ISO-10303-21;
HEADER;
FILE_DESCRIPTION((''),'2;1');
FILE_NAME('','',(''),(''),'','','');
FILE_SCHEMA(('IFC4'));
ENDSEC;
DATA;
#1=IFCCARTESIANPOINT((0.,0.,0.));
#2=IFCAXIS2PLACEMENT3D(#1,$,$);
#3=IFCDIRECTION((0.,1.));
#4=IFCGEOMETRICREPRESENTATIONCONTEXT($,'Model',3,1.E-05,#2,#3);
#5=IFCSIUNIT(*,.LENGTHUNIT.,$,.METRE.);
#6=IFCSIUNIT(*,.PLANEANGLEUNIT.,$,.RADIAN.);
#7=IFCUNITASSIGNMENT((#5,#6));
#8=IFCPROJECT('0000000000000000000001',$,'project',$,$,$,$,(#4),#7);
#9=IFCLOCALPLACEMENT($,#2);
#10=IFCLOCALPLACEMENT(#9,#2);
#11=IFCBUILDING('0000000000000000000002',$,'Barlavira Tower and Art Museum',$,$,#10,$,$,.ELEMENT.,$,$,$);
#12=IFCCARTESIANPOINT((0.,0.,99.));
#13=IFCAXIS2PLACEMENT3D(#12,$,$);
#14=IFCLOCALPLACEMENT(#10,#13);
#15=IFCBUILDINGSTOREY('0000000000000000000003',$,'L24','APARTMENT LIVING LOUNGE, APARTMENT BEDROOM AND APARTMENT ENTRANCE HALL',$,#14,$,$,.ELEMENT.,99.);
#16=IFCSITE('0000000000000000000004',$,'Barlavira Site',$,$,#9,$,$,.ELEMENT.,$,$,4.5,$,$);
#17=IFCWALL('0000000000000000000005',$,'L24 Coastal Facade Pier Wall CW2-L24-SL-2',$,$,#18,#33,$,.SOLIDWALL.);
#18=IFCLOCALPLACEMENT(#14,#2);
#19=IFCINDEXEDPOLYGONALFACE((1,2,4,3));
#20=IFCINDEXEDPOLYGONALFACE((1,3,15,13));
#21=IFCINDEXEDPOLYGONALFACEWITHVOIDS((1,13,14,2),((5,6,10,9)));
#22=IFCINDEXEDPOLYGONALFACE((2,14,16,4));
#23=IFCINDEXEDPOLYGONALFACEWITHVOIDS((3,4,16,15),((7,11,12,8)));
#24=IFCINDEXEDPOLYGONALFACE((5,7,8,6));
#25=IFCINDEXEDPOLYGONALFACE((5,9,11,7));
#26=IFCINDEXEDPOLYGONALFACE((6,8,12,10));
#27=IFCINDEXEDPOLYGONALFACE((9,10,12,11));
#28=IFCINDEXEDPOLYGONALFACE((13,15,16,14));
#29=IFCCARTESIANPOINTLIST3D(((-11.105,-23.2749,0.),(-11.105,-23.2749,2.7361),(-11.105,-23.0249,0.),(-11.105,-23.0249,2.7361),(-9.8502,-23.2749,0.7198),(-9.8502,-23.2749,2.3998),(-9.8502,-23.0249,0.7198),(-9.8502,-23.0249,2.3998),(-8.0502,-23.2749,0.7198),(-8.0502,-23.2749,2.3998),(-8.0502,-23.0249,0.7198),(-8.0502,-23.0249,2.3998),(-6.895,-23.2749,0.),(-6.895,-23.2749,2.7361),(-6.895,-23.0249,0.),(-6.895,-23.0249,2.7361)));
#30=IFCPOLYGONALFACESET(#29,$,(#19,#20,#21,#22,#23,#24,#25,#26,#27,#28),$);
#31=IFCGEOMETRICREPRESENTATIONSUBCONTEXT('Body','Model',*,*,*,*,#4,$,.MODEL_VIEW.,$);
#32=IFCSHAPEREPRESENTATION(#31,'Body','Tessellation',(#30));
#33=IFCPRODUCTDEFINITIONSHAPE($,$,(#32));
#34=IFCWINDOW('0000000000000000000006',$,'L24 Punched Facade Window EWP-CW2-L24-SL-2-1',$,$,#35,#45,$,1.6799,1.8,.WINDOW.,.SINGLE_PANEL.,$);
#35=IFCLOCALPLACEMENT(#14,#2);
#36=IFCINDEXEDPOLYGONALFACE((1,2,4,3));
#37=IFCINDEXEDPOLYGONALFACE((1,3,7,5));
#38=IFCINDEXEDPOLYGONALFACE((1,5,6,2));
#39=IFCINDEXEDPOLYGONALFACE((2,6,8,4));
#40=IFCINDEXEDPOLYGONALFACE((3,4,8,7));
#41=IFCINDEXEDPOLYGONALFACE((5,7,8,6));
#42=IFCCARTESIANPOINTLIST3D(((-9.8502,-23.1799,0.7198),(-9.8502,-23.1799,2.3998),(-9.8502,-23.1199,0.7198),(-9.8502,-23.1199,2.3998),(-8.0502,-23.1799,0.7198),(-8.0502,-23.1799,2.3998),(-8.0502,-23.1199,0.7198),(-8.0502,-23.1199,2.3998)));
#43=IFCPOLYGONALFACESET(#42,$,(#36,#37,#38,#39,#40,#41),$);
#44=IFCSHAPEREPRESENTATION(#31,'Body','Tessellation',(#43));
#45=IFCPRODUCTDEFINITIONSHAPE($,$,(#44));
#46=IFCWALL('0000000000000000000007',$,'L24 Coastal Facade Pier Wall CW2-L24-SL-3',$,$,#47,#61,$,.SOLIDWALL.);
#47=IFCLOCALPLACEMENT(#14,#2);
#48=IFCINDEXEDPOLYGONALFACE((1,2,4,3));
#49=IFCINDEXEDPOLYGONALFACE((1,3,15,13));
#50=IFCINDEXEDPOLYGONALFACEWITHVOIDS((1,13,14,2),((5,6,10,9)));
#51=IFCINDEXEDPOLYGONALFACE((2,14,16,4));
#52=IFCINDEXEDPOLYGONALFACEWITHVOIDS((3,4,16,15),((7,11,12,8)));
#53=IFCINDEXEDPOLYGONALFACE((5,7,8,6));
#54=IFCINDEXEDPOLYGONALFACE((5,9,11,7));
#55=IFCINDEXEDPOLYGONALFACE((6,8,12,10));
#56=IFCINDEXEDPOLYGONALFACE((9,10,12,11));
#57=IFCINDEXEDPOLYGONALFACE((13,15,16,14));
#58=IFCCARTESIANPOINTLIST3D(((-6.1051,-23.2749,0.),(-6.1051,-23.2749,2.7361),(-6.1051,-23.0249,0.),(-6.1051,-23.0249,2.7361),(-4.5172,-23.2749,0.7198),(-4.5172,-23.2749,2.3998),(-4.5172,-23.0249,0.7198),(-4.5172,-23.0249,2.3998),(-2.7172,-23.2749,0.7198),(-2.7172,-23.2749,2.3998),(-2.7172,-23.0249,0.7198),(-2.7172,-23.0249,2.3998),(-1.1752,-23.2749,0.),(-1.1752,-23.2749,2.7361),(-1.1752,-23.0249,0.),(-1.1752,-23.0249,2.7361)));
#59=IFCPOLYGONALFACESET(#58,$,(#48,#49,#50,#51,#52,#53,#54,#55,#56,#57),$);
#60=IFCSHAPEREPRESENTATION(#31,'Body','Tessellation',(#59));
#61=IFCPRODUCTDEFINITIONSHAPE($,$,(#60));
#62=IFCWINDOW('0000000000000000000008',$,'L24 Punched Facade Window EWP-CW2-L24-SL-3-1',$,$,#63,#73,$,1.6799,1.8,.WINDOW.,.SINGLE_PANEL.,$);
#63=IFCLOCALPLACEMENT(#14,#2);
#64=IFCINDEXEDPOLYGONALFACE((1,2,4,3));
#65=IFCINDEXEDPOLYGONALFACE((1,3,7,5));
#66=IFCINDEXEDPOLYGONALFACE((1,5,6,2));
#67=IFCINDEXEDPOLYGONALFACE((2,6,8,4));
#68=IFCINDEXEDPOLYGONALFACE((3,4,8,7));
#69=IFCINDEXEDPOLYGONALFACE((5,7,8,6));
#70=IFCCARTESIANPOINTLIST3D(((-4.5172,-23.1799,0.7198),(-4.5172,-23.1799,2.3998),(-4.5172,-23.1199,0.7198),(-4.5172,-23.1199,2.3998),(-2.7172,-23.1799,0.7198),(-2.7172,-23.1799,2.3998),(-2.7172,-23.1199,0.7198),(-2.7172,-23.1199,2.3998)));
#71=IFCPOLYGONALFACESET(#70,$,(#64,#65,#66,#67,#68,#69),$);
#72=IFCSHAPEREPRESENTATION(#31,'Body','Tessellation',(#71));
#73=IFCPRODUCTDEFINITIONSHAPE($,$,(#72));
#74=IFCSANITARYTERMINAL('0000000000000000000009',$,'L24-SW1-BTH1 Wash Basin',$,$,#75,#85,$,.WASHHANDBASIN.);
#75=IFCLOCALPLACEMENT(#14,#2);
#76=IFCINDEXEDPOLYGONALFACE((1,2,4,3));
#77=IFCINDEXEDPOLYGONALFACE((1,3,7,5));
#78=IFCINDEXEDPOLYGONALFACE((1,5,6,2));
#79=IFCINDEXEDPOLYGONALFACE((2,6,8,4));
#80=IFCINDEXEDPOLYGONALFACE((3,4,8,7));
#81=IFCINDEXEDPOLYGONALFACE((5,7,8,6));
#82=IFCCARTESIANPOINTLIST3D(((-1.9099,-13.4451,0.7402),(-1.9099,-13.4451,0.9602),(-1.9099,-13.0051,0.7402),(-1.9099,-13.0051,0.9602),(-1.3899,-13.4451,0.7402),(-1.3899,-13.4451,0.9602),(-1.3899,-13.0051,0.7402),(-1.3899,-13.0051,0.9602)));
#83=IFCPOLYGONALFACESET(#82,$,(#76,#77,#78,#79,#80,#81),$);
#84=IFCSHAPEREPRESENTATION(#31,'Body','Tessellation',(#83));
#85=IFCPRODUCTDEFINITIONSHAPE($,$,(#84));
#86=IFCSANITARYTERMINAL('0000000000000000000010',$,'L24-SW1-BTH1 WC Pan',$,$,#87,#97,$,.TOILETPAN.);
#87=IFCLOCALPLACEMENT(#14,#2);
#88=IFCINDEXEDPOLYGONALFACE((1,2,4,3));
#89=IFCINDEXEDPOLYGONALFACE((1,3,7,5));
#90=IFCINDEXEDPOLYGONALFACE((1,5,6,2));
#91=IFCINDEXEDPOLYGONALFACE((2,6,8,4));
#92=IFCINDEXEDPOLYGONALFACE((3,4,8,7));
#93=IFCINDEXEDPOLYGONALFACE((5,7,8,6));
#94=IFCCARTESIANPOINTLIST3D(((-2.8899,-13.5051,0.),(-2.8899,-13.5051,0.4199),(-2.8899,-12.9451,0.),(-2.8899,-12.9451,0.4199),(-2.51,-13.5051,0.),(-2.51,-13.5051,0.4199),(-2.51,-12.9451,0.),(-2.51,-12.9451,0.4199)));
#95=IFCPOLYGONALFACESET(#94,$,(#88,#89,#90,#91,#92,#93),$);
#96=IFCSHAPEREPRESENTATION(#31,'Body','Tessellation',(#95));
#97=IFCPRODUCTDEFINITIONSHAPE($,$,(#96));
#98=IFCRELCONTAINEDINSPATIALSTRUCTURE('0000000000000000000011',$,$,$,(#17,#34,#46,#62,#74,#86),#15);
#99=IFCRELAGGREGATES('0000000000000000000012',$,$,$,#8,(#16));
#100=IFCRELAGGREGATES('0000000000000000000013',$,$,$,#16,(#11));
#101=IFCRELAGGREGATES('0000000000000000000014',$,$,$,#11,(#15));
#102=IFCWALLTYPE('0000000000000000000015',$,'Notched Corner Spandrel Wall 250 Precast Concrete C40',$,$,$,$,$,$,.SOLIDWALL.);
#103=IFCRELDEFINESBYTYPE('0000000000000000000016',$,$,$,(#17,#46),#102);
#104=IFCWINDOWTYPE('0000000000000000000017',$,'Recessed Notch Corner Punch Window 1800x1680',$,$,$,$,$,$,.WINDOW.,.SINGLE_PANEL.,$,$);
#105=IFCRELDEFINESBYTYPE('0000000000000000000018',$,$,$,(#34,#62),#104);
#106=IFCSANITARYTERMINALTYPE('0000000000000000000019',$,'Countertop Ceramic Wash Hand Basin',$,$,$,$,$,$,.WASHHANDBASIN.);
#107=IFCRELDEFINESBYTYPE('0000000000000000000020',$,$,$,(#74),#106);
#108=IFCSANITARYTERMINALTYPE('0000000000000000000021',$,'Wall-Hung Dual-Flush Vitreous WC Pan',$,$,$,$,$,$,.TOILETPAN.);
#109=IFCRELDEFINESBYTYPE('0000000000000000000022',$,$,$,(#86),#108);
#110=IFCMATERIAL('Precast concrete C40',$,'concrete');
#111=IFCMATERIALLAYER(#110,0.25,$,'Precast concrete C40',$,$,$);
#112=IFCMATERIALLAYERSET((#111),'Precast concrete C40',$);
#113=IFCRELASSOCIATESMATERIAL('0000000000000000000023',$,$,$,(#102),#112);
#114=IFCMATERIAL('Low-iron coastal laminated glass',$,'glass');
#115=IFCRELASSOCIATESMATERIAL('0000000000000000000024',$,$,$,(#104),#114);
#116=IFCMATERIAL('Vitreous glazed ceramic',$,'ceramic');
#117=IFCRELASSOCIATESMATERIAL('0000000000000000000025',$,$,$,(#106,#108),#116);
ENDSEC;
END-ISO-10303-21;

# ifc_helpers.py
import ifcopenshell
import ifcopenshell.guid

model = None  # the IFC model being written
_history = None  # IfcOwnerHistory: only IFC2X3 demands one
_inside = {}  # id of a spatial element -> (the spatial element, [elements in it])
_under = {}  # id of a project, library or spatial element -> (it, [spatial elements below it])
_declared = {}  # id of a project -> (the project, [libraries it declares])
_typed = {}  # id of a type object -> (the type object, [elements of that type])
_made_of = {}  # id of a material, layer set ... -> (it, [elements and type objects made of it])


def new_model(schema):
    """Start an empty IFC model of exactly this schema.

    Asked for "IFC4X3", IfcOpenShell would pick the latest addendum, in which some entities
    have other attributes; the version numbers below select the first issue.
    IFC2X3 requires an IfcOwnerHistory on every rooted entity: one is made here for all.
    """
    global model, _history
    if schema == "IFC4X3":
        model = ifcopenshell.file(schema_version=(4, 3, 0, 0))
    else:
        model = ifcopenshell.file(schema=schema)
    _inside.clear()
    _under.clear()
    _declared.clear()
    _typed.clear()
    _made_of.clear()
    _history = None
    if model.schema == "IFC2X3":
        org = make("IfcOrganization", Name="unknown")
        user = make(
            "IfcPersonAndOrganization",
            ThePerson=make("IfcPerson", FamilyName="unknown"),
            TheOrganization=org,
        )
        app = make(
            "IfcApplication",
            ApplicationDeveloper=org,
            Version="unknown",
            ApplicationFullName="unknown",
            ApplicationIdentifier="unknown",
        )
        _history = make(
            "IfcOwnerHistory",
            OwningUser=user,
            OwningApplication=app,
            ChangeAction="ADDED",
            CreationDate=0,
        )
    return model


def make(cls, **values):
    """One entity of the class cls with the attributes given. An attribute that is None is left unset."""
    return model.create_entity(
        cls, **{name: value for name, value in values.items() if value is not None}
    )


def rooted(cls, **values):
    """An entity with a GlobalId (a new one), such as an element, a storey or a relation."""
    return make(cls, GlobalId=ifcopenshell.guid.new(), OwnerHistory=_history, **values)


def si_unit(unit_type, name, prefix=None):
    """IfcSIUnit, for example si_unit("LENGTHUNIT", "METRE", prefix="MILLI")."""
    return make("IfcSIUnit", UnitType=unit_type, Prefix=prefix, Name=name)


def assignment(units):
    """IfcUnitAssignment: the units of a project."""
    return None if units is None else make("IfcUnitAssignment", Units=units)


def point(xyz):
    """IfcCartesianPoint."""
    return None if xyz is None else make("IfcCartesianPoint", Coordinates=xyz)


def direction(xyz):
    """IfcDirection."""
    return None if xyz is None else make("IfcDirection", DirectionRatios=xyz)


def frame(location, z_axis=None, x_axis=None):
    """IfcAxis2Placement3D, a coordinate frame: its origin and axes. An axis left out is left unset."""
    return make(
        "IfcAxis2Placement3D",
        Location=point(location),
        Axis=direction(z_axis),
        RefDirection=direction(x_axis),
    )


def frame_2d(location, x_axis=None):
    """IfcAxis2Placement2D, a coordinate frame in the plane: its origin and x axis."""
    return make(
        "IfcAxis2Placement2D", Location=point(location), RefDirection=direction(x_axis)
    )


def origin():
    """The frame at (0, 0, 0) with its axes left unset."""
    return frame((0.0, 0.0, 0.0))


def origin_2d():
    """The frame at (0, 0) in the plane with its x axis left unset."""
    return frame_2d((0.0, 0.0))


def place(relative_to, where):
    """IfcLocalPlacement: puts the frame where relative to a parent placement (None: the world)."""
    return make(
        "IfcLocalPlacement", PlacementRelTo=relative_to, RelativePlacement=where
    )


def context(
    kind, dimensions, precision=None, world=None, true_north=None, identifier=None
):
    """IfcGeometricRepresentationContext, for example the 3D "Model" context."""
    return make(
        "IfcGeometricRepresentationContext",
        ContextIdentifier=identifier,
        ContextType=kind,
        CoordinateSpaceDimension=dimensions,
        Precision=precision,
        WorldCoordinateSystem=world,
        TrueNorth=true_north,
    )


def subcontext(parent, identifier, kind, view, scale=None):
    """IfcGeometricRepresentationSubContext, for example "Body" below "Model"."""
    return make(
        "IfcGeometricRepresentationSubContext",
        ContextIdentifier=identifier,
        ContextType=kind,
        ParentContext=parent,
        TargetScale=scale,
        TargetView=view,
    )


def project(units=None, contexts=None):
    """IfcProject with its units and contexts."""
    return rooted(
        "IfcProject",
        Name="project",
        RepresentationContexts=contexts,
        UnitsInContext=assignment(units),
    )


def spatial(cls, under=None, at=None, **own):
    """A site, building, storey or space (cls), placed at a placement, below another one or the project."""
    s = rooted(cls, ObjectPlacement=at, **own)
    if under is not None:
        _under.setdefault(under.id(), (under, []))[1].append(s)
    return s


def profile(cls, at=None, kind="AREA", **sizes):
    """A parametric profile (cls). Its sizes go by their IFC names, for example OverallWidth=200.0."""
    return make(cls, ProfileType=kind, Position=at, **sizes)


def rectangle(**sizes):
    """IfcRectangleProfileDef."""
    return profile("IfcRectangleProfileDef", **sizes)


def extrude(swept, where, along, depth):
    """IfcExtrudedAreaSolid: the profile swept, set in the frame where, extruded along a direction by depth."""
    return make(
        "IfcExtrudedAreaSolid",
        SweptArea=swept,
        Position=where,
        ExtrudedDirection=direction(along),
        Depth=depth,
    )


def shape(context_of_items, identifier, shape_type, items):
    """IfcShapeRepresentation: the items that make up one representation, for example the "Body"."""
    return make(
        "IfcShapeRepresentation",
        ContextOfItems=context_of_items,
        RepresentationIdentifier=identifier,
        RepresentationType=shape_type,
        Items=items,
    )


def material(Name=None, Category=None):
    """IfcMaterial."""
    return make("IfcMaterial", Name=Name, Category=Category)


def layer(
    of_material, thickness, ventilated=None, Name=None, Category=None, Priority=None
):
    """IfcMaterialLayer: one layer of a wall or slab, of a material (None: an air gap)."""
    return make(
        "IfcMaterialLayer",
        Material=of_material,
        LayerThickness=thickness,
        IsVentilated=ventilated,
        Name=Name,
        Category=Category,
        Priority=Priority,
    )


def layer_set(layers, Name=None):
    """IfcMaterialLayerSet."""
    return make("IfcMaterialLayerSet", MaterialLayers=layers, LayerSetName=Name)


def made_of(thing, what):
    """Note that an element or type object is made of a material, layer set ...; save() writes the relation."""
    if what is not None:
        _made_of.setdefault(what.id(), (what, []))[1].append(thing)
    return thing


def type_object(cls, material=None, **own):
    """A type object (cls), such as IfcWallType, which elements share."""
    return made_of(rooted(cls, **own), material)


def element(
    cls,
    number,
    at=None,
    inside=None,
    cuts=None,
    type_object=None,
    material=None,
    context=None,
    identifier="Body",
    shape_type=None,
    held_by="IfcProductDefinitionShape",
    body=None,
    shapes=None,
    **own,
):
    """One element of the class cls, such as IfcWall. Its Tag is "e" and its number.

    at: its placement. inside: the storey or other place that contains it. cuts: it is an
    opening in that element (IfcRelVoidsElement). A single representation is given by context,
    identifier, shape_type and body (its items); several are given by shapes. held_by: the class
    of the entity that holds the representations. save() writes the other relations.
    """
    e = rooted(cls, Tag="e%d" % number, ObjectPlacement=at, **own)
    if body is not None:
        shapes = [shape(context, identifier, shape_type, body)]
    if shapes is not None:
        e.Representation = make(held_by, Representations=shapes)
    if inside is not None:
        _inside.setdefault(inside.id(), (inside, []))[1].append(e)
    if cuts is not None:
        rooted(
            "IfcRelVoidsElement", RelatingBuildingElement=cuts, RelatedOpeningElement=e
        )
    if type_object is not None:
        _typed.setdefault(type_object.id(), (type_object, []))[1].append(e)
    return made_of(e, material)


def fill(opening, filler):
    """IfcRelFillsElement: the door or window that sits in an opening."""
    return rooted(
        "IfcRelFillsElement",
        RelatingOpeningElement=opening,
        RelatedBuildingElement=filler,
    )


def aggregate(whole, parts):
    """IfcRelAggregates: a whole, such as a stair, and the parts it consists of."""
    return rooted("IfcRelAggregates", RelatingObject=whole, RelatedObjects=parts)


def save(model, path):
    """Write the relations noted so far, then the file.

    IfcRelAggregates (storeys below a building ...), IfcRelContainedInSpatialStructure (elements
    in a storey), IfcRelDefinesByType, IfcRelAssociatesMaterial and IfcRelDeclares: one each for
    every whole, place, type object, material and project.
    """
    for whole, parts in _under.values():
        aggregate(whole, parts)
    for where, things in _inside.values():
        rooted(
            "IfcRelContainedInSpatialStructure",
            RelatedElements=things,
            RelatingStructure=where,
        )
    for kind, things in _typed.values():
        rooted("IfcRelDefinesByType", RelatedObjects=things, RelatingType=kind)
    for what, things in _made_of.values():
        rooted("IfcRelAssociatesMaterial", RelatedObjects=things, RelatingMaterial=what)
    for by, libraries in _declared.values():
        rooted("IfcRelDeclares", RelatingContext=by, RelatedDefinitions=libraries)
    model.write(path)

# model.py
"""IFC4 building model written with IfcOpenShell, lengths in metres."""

from ifc_helpers import new_model, si_unit, direction, frame, frame_2d, origin, origin_2d, place, context, subcontext, project, spatial, rectangle, extrude, material, layer, layer_set, type_object, element, fill, save


model = new_model("IFC4")

# Units and contexts
model_context = context("Model", 3, precision=1e-05, world=origin(), true_north=direction((0.0, 1.0)))
body_context = subcontext(model_context, "Body", "Model", "MODEL_VIEW")
ifc_project = project(units=[si_unit("LENGTHUNIT", "METRE"), si_unit("PLANEANGLEUNIT", "RADIAN")], contexts=[model_context])

# Site, building, storey
site_placement = place(None, origin())
site = spatial("IfcSite", under=ifc_project, at=site_placement, Name="Barlavira Site", CompositionType="ELEMENT", RefElevation=4.5)
building_placement = place(site_placement, origin())
building = spatial("IfcBuilding", under=site, at=building_placement, Name="Barlavira Tower and Art Museum", CompositionType="ELEMENT")
storey_placement = place(building_placement, frame((0.0, 0.0, 99.0)))
storey = spatial("IfcBuildingStorey", under=building, at=storey_placement, Name="L24", Description="APARTMENT LIVING LOUNGE, APARTMENT BEDROOM AND APARTMENT ENTRANCE HALL", CompositionType="ELEMENT", Elevation=99.0)

# Walls, openings, windows
ifc_material_1 = material(Name="Precast concrete C40", Category="concrete")
ifc_layer_1 = layer(ifc_material_1, 0.25, Name="Precast concrete C40")
ifc_layer_set_1 = layer_set([ifc_layer_1], Name="Precast concrete C40")
wall_type_1 = type_object("IfcWallType", Name="Notched Corner Spandrel Wall 250 Precast Concrete C40", PredefinedType="SOLIDWALL", material=ifc_layer_set_1)
wall_1_placement = place(storey_placement, frame((-11.105, -23.1499, 0.0), z_axis=(0.0, 0.0, 1.0), x_axis=(1.0, 0.0, 0.0)))
wall_1 = element("IfcWall", 1, at=wall_1_placement, inside=storey, type_object=wall_type_1, Name="L24 Coastal Facade Pier Wall CW2-L24-SL-2", PredefinedType="SOLIDWALL", context=body_context, shape_type="SweptSolid", body=[
    extrude(rectangle(XDim=4.21, YDim=0.25, at=frame_2d((2.105, 0.0))), origin(), (0.0, 0.0, 1.0), 2.7361),
])
opening_1_placement = place(wall_1_placement, frame((1.2549, 0.0, 0.72)))
opening_1 = element("IfcOpeningElement", 2, at=opening_1_placement, cuts=wall_1, PredefinedType="OPENING", context=body_context, shape_type="SweptSolid", body=[
    extrude(rectangle(XDim=1.8, YDim=1.6799, at=frame_2d((0.8999, 0.8398))), frame((0.0, 0.135, 0.0), z_axis=(0.0, -1.0, 0.0), x_axis=(1.0, 0.0, 0.0)), (0.0, 0.0, 1.0), 0.27),
])
ifc_material_2 = material(Name="Low-iron coastal laminated glass", Category="glass")
window_type = type_object("IfcWindowType", Name="Recessed Notch Corner Punch Window 1800x1680", PartitioningType="SINGLE_PANEL", PredefinedType="WINDOW", material=ifc_material_2)
window_1_placement = place(opening_1_placement, origin())
window_1 = element("IfcWindow", 3, at=window_1_placement, inside=storey, type_object=window_type, Name="L24 Punched Facade Window EWP-CW2-L24-SL-2-1", OverallHeight=1.6799, OverallWidth=1.8, PartitioningType="SINGLE_PANEL", PredefinedType="WINDOW", context=body_context, shape_type="SweptSolid", body=[
    extrude(rectangle(XDim=1.8, YDim=1.6799, at=frame_2d((0.8999, 0.8398))), frame((0.0, 0.03, 0.0), z_axis=(0.0, -1.0, 0.0), x_axis=(1.0, 0.0, 0.0)), (0.0, 0.0, 1.0), 0.0601),
])
fill(opening_1, window_1)
wall_2_placement = place(storey_placement, frame((-6.105, -23.1499, 0.0), z_axis=(0.0, 0.0, 1.0), x_axis=(1.0, 0.0, 0.0)))
wall_2 = element("IfcWall", 4, at=wall_2_placement, inside=storey, type_object=wall_type_1, Name="L24 Coastal Facade Pier Wall CW2-L24-SL-3", PredefinedType="SOLIDWALL", context=body_context, shape_type="SweptSolid", body=[
    extrude(rectangle(XDim=4.9299, YDim=0.25, at=frame_2d((2.4648, 0.0))), origin(), (0.0, 0.0, 1.0), 2.7361),
])
opening_2_placement = place(wall_2_placement, frame((1.5879, 0.0, 0.72)))
opening_2 = element("IfcOpeningElement", 5, at=opening_2_placement, cuts=wall_2, PredefinedType="OPENING", context=body_context, shape_type="SweptSolid", body=[
    extrude(rectangle(XDim=1.8, YDim=1.6799, at=frame_2d((0.8999, 0.8398))), frame((0.0, 0.135, 0.0), z_axis=(0.0, -1.0, 0.0), x_axis=(1.0, 0.0, 0.0)), (0.0, 0.0, 1.0), 0.27),
])
window_2_placement = place(opening_2_placement, origin())
window_2 = element("IfcWindow", 6, at=window_2_placement, inside=storey, type_object=window_type, Name="L24 Punched Facade Window EWP-CW2-L24-SL-3-1", OverallHeight=1.6799, OverallWidth=1.8, PartitioningType="SINGLE_PANEL", PredefinedType="WINDOW", context=body_context, shape_type="SweptSolid", body=[
    extrude(rectangle(XDim=1.8, YDim=1.6799, at=frame_2d((0.8999, 0.8398))), frame((0.0, 0.03, 0.0), z_axis=(0.0, -1.0, 0.0), x_axis=(1.0, 0.0, 0.0)), (0.0, 0.0, 1.0), 0.0601),
])
fill(opening_2, window_2)

# Sanitary terminals
ifc_material_3 = material(Name="Vitreous glazed ceramic", Category="ceramic")
sanitary_terminal_type_1 = type_object("IfcSanitaryTerminalType", Name="Countertop Ceramic Wash Hand Basin", PredefinedType="WASHHANDBASIN", material=ifc_material_3)
sanitary_terminal_1_placement = place(storey_placement, frame((-1.6499, -13.2251, 0.7402), z_axis=(0.0, 0.0, 1.0), x_axis=(1.0, 0.0, 0.0)))
element("IfcSanitaryTerminal", 7, at=sanitary_terminal_1_placement, inside=storey, type_object=sanitary_terminal_type_1, Name="L24-SW1-BTH1 Wash Basin", PredefinedType="WASHHANDBASIN", context=body_context, shape_type="SweptSolid", body=[
    extrude(rectangle(XDim=0.52, YDim=0.4399, at=origin_2d()), origin(), (0.0, 0.0, 1.0), 0.22),
])
sanitary_terminal_type_2 = type_object("IfcSanitaryTerminalType", Name="Wall-Hung Dual-Flush Vitreous WC Pan", PredefinedType="TOILETPAN", material=ifc_material_3)
sanitary_terminal_2_placement = place(storey_placement, frame((-2.7, -13.2251, 0.0), z_axis=(0.0, 0.0, 1.0), x_axis=(1.0, 0.0, 0.0)))
element("IfcSanitaryTerminal", 8, at=sanitary_terminal_2_placement, inside=storey, type_object=sanitary_terminal_type_2, Name="L24-SW1-BTH1 WC Pan", PredefinedType="TOILETPAN", context=body_context, shape_type="SweptSolid", body=[
    extrude(rectangle(XDim=0.3799, YDim=0.5601, at=origin_2d()), origin(), (0.0, 0.0, 1.0), 0.4199),
])

save(model, "model.ifc")
